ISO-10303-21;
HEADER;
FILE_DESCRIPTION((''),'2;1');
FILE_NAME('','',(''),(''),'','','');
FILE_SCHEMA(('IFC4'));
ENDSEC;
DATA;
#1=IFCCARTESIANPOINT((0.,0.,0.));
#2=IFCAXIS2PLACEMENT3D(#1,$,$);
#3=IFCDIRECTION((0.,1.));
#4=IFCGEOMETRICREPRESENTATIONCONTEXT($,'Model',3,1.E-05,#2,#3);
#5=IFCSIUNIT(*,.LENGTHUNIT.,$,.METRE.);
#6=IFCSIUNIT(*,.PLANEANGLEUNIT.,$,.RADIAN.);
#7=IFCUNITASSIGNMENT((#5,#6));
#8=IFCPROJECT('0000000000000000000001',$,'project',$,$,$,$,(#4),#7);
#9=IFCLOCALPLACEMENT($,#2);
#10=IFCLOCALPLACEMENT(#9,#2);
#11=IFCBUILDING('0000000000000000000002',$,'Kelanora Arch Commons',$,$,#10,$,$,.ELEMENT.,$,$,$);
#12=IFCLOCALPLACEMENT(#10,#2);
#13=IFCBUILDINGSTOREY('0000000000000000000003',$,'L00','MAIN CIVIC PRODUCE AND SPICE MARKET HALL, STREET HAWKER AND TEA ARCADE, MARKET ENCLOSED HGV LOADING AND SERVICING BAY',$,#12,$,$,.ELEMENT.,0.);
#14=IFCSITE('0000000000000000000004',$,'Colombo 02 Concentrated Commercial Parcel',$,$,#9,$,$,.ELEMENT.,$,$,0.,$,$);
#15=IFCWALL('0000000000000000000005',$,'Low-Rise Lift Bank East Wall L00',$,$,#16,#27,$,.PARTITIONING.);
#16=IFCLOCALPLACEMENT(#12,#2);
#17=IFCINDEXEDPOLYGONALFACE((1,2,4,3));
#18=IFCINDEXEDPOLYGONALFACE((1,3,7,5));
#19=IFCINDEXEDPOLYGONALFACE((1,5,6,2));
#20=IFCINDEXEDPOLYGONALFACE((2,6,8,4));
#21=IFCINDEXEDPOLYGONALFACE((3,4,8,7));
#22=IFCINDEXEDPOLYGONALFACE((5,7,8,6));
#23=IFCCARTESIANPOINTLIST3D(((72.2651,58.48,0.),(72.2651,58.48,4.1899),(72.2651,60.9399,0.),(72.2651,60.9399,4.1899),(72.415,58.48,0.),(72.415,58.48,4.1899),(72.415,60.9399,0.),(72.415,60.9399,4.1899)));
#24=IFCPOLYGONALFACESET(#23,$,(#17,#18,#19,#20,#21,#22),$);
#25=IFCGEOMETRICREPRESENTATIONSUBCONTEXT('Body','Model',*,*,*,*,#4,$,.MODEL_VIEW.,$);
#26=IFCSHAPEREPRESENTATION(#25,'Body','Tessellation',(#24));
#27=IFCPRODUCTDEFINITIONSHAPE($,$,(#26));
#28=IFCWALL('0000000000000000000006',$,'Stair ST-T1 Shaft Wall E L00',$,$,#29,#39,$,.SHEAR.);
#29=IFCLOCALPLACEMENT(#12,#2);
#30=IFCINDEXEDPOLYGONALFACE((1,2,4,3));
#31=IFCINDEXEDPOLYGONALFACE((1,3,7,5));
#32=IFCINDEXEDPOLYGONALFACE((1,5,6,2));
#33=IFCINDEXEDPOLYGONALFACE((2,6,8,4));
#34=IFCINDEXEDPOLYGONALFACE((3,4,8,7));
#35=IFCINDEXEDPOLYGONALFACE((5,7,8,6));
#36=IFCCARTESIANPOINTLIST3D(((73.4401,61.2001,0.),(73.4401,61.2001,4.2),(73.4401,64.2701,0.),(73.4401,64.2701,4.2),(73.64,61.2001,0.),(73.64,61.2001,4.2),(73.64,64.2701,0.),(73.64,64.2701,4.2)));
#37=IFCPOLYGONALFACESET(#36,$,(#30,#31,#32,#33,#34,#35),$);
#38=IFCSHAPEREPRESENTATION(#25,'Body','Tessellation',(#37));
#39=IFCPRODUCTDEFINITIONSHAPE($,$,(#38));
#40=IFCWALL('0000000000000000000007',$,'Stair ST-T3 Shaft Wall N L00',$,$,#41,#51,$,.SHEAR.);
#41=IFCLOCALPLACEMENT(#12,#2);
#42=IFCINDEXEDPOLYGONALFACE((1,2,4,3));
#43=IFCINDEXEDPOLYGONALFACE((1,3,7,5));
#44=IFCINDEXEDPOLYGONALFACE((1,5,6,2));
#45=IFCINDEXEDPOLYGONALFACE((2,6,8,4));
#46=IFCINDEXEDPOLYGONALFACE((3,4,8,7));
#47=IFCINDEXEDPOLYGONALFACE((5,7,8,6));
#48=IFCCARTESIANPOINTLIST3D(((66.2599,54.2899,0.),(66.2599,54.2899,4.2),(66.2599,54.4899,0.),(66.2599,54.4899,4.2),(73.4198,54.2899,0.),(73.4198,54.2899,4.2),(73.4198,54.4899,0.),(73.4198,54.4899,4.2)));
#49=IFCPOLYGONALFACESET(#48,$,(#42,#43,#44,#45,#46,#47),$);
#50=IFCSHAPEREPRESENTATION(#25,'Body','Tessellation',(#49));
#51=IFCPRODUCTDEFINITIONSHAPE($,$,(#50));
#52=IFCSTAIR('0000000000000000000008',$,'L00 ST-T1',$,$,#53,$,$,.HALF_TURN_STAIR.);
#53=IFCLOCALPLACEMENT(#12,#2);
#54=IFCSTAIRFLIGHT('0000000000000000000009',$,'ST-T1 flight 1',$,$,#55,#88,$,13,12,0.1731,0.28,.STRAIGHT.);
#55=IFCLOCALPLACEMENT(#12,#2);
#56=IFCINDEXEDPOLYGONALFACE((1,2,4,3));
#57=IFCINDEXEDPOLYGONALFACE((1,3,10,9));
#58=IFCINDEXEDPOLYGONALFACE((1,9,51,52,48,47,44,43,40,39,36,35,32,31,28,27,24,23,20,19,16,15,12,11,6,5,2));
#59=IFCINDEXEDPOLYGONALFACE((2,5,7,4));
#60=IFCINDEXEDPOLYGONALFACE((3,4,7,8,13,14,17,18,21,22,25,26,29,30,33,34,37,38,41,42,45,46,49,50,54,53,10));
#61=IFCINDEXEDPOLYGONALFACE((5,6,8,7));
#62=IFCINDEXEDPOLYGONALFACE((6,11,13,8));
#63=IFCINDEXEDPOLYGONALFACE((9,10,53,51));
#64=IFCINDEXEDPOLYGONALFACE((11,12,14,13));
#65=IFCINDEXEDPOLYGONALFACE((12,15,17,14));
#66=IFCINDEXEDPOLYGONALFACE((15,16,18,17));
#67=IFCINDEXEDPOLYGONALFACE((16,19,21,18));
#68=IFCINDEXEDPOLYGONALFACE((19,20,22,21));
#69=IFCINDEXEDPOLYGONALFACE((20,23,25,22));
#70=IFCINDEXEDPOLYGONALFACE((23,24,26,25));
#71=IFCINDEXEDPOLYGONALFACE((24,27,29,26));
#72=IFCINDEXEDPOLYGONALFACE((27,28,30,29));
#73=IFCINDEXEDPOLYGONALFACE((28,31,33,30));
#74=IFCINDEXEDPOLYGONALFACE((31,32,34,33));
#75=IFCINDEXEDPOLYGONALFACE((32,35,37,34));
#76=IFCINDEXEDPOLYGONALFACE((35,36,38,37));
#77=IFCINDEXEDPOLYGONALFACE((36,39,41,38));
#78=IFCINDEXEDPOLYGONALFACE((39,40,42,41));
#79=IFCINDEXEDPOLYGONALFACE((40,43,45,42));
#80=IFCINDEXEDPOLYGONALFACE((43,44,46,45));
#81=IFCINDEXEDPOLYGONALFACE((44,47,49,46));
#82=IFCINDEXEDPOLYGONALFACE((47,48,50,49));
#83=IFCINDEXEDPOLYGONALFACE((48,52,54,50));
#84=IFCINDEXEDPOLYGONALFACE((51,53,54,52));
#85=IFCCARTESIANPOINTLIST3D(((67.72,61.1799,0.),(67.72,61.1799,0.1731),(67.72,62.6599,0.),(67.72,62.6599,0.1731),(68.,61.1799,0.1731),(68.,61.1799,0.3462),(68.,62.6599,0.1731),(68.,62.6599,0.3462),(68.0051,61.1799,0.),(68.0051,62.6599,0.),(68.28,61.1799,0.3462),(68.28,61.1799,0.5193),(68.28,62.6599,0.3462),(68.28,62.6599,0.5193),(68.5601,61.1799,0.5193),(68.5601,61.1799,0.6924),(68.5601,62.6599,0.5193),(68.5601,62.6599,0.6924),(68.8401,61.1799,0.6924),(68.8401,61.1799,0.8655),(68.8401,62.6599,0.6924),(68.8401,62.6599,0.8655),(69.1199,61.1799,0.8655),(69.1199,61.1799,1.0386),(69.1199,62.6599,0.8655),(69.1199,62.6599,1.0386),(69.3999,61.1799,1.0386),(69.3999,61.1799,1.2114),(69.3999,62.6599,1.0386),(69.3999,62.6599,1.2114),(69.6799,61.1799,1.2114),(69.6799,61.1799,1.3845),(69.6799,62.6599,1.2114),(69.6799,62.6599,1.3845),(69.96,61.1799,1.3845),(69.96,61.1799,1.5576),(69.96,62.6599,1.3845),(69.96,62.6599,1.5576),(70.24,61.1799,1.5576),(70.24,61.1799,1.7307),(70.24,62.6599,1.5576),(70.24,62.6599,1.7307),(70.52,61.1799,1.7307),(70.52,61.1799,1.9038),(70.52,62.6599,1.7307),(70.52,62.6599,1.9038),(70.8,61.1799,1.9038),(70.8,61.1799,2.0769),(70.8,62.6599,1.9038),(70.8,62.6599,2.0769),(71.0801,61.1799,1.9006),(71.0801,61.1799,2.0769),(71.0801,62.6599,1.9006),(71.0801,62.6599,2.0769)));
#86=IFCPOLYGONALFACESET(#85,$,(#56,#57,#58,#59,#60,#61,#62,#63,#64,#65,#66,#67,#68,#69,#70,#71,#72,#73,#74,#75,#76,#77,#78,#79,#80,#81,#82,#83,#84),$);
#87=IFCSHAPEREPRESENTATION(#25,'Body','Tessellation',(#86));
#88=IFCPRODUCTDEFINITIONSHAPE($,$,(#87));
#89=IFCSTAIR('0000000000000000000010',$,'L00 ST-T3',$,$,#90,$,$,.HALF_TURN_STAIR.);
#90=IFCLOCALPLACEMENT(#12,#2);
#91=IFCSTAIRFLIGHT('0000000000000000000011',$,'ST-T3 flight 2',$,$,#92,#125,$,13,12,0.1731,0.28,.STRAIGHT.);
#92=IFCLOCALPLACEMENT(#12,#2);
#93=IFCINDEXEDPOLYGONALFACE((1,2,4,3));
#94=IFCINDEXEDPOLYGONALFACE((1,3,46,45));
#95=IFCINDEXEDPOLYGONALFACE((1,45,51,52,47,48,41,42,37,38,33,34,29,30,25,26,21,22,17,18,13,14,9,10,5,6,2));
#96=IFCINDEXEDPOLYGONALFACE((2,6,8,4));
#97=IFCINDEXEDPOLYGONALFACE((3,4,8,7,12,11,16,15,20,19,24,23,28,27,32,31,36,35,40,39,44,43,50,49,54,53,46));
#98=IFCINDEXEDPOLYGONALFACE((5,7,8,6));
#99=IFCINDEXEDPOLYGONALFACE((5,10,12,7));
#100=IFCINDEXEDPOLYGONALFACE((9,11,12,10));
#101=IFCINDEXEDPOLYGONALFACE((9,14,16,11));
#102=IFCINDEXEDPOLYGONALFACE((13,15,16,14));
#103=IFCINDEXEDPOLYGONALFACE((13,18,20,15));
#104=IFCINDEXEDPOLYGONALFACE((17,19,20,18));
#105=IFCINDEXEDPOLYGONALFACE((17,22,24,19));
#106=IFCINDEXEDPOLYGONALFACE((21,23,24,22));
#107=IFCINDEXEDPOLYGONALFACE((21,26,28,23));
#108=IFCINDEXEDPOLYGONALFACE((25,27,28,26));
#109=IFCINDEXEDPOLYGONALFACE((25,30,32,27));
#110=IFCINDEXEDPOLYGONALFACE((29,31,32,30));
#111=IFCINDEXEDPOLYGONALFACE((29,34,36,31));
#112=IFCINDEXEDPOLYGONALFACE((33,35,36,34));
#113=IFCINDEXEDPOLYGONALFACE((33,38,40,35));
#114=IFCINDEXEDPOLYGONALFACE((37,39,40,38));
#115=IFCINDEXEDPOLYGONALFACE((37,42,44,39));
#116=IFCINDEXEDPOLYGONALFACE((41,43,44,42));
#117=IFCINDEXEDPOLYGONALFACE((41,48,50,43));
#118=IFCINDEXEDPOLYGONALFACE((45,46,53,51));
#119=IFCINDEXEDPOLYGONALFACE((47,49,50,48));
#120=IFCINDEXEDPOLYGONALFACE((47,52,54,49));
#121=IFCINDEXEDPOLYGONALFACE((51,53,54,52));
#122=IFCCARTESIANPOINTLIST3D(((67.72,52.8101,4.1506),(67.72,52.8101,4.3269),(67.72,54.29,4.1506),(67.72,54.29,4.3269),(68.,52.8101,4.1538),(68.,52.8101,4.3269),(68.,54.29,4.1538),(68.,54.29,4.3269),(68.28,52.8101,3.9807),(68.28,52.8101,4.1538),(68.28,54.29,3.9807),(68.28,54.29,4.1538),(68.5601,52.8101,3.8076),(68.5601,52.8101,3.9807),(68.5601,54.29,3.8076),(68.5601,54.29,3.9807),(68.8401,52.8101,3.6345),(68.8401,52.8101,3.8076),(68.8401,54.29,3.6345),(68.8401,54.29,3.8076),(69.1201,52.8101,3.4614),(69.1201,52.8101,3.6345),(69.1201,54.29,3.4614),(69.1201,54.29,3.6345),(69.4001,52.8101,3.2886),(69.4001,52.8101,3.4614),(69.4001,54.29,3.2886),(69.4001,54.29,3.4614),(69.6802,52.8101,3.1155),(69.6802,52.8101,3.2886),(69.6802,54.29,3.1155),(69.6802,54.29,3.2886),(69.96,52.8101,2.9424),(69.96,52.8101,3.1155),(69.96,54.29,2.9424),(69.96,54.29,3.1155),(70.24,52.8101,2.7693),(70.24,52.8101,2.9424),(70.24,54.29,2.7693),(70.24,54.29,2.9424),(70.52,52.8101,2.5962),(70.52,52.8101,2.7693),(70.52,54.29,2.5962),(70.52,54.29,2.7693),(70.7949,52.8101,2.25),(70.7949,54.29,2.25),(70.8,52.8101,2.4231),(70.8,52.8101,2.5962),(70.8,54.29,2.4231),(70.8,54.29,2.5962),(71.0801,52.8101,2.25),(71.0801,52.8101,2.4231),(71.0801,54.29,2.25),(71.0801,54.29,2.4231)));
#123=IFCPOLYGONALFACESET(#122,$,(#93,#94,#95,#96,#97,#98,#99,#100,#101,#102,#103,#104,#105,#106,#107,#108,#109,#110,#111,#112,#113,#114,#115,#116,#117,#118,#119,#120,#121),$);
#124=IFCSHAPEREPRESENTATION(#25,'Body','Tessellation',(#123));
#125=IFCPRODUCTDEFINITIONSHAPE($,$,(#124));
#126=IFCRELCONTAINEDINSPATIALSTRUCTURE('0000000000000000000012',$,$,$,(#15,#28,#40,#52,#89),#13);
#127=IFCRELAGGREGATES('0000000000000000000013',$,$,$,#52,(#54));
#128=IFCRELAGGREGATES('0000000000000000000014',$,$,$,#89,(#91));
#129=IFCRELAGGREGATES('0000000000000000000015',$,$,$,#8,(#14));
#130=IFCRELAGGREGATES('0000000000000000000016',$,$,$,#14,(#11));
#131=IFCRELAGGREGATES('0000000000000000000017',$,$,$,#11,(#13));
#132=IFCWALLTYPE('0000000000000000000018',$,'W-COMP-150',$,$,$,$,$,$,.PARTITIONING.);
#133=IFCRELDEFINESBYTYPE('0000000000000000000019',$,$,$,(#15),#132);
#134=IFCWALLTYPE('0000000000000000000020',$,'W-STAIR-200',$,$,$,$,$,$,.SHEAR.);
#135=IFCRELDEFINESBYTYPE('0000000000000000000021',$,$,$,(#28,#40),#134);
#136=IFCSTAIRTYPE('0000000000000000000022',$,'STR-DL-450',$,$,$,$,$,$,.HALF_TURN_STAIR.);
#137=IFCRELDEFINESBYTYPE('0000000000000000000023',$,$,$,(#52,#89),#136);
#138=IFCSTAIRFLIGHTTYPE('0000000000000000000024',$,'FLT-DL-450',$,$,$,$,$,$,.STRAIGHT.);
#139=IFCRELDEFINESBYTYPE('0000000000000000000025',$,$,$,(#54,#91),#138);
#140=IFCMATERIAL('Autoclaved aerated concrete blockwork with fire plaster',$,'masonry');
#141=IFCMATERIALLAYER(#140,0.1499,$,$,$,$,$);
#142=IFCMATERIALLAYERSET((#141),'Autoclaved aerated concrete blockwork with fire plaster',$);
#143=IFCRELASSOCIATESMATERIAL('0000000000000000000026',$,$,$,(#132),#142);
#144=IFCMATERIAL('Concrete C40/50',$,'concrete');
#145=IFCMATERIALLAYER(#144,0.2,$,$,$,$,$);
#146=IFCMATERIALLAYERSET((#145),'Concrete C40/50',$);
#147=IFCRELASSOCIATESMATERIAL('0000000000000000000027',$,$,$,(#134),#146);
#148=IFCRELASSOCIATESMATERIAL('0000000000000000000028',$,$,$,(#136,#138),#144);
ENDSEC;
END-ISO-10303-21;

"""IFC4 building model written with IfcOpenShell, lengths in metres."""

from ifc_helpers import new_model, si_unit, direction, frame, frame_2d, origin, place, context, subcontext, project, spatial, polyline, rectangle, outline, extrude, material, layer, layer_set, type_object, element, aggregate, save


model = new_model("IFC4")

# Units and contexts
model_context = context("Model", 3, precision=1e-05, world=origin(), true_north=direction((0.0, 1.0)))
body_context = subcontext(model_context, "Body", "Model", "MODEL_VIEW")
ifc_project = project(units=[si_unit("LENGTHUNIT", "METRE"), si_unit("PLANEANGLEUNIT", "RADIAN")], contexts=[model_context])

# Site, building, storey
site_placement = place(None, origin())
site = spatial("IfcSite", under=ifc_project, at=site_placement, Name="Colombo 02 Concentrated Commercial Parcel", CompositionType="ELEMENT", RefElevation=0.0)
building_placement = place(site_placement, origin())
building = spatial("IfcBuilding", under=site, at=building_placement, Name="Kelanora Arch Commons", CompositionType="ELEMENT")
storey_placement = place(building_placement, origin())
storey = spatial("IfcBuildingStorey", under=building, at=storey_placement, Name="L00", Description="MAIN CIVIC PRODUCE AND SPICE MARKET HALL, STREET HAWKER AND TEA ARCADE, MARKET ENCLOSED HGV LOADING AND SERVICING BAY", CompositionType="ELEMENT", Elevation=0.0)

# Walls
ifc_material_1 = material(Name="Autoclaved aerated concrete blockwork with fire plaster", Category="masonry")
ifc_layer_1 = layer(ifc_material_1, 0.1499)
ifc_layer_set_1 = layer_set([ifc_layer_1], Name="Autoclaved aerated concrete blockwork with fire plaster")
wall_type_1 = type_object("IfcWallType", Name="W-COMP-150", PredefinedType="PARTITIONING", material=ifc_layer_set_1)
wall_1_placement = place(storey_placement, frame((72.3401, 58.48, 0.0), z_axis=(0.0, 0.0, 1.0), x_axis=(0.0, 1.0, 0.0)))
element("IfcWall", 1, at=wall_1_placement, inside=storey, type_object=wall_type_1, Name="Low-Rise Lift Bank East Wall L00", PredefinedType="PARTITIONING", context=body_context, shape_type="SweptSolid", body=[
    extrude(rectangle(XDim=2.46, YDim=0.1499, at=frame_2d((1.23, 0.0))), origin(), (0.0, 0.0, 1.0), 4.1899),
])
ifc_material_2 = material(Name="Concrete C40/50", Category="concrete")
ifc_layer_2 = layer(ifc_material_2, 0.2)
ifc_layer_set_2 = layer_set([ifc_layer_2], Name="Concrete C40/50")
wall_type_2 = type_object("IfcWallType", Name="W-STAIR-200", PredefinedType="SHEAR", material=ifc_layer_set_2)
wall_2_placement = place(storey_placement, frame((73.54, 61.2, 0.0), z_axis=(0.0, 0.0, 1.0), x_axis=(0.0, 1.0, 0.0)))
element("IfcWall", 2, at=wall_2_placement, inside=storey, type_object=wall_type_2, Name="Stair ST-T1 Shaft Wall E L00", PredefinedType="SHEAR", context=body_context, shape_type="SweptSolid", body=[
    extrude(rectangle(XDim=3.0701, YDim=0.2, at=frame_2d((1.5352, 0.0))), origin(), (0.0, 0.0, 1.0), 4.2),
])
wall_3_placement = place(storey_placement, frame((73.4199, 54.3899, 0.0), z_axis=(0.0, 0.0, 1.0), x_axis=(-1.0, 0.0, 0.0)))
element("IfcWall", 3, at=wall_3_placement, inside=storey, type_object=wall_type_2, Name="Stair ST-T3 Shaft Wall N L00", PredefinedType="SHEAR", context=body_context, shape_type="SweptSolid", body=[
    extrude(rectangle(XDim=7.1599, YDim=0.2, at=frame_2d((3.5801, 0.0))), origin(), (0.0, 0.0, 1.0), 4.2),
])

# Stairs, stair flights
stair_type = type_object("IfcStairType", Name="STR-DL-450", PredefinedType="HALF_TURN_STAIR", material=ifc_material_2)
stair_1_placement = place(storey_placement, origin())
stair_1 = element("IfcStair", 4, at=stair_1_placement, inside=storey, type_object=stair_type, Name="L00 ST-T1", PredefinedType="HALF_TURN_STAIR")
stair_flight_type = type_object("IfcStairFlightType", Name="FLT-DL-450", PredefinedType="STRAIGHT", material=ifc_material_2)
stair_flight_1_placement = place(storey_placement, frame((67.72, 61.9199, 0.0), z_axis=(0.0, 0.0, 1.0), x_axis=(1.0, 0.0, 0.0)))
stair_flight_1 = element("IfcStairFlight", 5, at=stair_flight_1_placement, type_object=stair_flight_type, Name="ST-T1 flight 1", NumberOfRisers=13, NumberOfTreads=12, PredefinedType="STRAIGHT", RiserHeight=0.1731, TreadLength=0.28, context=body_context, shape_type="SweptSolid", body=[
    extrude(outline(polyline([(0.0, 0.0), (0.0, 0.1731), (0.28, 0.1731), (0.28, 0.3462), (0.5601, 0.3462), (0.5601, 0.5193), (0.8401, 0.5193), (0.8401, 0.6924), (1.1201, 0.6924), (1.1201, 0.8655), (1.3999, 0.8655), (1.3999, 1.0386), (1.6799, 1.0386), (1.6799, 1.2114), (1.96, 1.2114), (1.96, 1.3845), (2.24, 1.3845), (2.24, 1.5576), (2.52, 1.5576), (2.52, 1.7307), (2.8, 1.7307), (2.8, 1.9038), (3.0801, 1.9038), (3.0801, 2.0769), (3.3601, 2.0769), (3.3601, 2.25), (3.3601, 1.9006), (0.2852, 0.0), (0.0, 0.0)])), frame((0.0, 0.74, 0.0), z_axis=(0.0, -1.0, 0.0), x_axis=(1.0, 0.0, 0.0)), (0.0, 0.0, 1.0), 1.48),
])
aggregate(stair_1, [stair_flight_1])
stair_2_placement = place(storey_placement, origin())
stair_2 = element("IfcStair", 6, at=stair_2_placement, inside=storey, type_object=stair_type, Name="L00 ST-T3", PredefinedType="HALF_TURN_STAIR")
stair_flight_2_placement = place(storey_placement, frame((71.0801, 53.55, 2.25), z_axis=(0.0, 0.0, 1.0), x_axis=(-1.0, 0.0, 0.0)))
stair_flight_2 = element("IfcStairFlight", 7, at=stair_flight_2_placement, type_object=stair_flight_type, Name="ST-T3 flight 2", NumberOfRisers=13, NumberOfTreads=12, PredefinedType="STRAIGHT", RiserHeight=0.1731, TreadLength=0.28, context=body_context, shape_type="SweptSolid", body=[
    extrude(outline(polyline([(0.0, 0.0), (0.0, 0.1731), (0.28, 0.1731), (0.28, 0.3462), (0.5601, 0.3462), (0.5601, 0.5193), (0.8401, 0.5193), (0.8401, 0.6924), (1.1201, 0.6924), (1.1201, 0.8655), (1.3999, 0.8655), (1.3999, 1.0386), (1.6799, 1.0386), (1.6799, 1.2114), (1.96, 1.2114), (1.96, 1.3845), (2.24, 1.3845), (2.24, 1.5576), (2.52, 1.5576), (2.52, 1.7307), (2.8, 1.7307), (2.8, 1.9038), (3.0801, 1.9038), (3.0801, 2.0769), (3.3601, 2.0769), (3.3601, 2.25), (3.3601, 1.9006), (0.2852, 0.0), (0.0, 0.0)])), frame((0.0, 0.74, 0.0), z_axis=(0.0, -1.0, 0.0), x_axis=(1.0, 0.0, 0.0)), (0.0, 0.0, 1.0), 1.48),
])
aggregate(stair_2, [stair_flight_2])

save(model, "model.ifc")
